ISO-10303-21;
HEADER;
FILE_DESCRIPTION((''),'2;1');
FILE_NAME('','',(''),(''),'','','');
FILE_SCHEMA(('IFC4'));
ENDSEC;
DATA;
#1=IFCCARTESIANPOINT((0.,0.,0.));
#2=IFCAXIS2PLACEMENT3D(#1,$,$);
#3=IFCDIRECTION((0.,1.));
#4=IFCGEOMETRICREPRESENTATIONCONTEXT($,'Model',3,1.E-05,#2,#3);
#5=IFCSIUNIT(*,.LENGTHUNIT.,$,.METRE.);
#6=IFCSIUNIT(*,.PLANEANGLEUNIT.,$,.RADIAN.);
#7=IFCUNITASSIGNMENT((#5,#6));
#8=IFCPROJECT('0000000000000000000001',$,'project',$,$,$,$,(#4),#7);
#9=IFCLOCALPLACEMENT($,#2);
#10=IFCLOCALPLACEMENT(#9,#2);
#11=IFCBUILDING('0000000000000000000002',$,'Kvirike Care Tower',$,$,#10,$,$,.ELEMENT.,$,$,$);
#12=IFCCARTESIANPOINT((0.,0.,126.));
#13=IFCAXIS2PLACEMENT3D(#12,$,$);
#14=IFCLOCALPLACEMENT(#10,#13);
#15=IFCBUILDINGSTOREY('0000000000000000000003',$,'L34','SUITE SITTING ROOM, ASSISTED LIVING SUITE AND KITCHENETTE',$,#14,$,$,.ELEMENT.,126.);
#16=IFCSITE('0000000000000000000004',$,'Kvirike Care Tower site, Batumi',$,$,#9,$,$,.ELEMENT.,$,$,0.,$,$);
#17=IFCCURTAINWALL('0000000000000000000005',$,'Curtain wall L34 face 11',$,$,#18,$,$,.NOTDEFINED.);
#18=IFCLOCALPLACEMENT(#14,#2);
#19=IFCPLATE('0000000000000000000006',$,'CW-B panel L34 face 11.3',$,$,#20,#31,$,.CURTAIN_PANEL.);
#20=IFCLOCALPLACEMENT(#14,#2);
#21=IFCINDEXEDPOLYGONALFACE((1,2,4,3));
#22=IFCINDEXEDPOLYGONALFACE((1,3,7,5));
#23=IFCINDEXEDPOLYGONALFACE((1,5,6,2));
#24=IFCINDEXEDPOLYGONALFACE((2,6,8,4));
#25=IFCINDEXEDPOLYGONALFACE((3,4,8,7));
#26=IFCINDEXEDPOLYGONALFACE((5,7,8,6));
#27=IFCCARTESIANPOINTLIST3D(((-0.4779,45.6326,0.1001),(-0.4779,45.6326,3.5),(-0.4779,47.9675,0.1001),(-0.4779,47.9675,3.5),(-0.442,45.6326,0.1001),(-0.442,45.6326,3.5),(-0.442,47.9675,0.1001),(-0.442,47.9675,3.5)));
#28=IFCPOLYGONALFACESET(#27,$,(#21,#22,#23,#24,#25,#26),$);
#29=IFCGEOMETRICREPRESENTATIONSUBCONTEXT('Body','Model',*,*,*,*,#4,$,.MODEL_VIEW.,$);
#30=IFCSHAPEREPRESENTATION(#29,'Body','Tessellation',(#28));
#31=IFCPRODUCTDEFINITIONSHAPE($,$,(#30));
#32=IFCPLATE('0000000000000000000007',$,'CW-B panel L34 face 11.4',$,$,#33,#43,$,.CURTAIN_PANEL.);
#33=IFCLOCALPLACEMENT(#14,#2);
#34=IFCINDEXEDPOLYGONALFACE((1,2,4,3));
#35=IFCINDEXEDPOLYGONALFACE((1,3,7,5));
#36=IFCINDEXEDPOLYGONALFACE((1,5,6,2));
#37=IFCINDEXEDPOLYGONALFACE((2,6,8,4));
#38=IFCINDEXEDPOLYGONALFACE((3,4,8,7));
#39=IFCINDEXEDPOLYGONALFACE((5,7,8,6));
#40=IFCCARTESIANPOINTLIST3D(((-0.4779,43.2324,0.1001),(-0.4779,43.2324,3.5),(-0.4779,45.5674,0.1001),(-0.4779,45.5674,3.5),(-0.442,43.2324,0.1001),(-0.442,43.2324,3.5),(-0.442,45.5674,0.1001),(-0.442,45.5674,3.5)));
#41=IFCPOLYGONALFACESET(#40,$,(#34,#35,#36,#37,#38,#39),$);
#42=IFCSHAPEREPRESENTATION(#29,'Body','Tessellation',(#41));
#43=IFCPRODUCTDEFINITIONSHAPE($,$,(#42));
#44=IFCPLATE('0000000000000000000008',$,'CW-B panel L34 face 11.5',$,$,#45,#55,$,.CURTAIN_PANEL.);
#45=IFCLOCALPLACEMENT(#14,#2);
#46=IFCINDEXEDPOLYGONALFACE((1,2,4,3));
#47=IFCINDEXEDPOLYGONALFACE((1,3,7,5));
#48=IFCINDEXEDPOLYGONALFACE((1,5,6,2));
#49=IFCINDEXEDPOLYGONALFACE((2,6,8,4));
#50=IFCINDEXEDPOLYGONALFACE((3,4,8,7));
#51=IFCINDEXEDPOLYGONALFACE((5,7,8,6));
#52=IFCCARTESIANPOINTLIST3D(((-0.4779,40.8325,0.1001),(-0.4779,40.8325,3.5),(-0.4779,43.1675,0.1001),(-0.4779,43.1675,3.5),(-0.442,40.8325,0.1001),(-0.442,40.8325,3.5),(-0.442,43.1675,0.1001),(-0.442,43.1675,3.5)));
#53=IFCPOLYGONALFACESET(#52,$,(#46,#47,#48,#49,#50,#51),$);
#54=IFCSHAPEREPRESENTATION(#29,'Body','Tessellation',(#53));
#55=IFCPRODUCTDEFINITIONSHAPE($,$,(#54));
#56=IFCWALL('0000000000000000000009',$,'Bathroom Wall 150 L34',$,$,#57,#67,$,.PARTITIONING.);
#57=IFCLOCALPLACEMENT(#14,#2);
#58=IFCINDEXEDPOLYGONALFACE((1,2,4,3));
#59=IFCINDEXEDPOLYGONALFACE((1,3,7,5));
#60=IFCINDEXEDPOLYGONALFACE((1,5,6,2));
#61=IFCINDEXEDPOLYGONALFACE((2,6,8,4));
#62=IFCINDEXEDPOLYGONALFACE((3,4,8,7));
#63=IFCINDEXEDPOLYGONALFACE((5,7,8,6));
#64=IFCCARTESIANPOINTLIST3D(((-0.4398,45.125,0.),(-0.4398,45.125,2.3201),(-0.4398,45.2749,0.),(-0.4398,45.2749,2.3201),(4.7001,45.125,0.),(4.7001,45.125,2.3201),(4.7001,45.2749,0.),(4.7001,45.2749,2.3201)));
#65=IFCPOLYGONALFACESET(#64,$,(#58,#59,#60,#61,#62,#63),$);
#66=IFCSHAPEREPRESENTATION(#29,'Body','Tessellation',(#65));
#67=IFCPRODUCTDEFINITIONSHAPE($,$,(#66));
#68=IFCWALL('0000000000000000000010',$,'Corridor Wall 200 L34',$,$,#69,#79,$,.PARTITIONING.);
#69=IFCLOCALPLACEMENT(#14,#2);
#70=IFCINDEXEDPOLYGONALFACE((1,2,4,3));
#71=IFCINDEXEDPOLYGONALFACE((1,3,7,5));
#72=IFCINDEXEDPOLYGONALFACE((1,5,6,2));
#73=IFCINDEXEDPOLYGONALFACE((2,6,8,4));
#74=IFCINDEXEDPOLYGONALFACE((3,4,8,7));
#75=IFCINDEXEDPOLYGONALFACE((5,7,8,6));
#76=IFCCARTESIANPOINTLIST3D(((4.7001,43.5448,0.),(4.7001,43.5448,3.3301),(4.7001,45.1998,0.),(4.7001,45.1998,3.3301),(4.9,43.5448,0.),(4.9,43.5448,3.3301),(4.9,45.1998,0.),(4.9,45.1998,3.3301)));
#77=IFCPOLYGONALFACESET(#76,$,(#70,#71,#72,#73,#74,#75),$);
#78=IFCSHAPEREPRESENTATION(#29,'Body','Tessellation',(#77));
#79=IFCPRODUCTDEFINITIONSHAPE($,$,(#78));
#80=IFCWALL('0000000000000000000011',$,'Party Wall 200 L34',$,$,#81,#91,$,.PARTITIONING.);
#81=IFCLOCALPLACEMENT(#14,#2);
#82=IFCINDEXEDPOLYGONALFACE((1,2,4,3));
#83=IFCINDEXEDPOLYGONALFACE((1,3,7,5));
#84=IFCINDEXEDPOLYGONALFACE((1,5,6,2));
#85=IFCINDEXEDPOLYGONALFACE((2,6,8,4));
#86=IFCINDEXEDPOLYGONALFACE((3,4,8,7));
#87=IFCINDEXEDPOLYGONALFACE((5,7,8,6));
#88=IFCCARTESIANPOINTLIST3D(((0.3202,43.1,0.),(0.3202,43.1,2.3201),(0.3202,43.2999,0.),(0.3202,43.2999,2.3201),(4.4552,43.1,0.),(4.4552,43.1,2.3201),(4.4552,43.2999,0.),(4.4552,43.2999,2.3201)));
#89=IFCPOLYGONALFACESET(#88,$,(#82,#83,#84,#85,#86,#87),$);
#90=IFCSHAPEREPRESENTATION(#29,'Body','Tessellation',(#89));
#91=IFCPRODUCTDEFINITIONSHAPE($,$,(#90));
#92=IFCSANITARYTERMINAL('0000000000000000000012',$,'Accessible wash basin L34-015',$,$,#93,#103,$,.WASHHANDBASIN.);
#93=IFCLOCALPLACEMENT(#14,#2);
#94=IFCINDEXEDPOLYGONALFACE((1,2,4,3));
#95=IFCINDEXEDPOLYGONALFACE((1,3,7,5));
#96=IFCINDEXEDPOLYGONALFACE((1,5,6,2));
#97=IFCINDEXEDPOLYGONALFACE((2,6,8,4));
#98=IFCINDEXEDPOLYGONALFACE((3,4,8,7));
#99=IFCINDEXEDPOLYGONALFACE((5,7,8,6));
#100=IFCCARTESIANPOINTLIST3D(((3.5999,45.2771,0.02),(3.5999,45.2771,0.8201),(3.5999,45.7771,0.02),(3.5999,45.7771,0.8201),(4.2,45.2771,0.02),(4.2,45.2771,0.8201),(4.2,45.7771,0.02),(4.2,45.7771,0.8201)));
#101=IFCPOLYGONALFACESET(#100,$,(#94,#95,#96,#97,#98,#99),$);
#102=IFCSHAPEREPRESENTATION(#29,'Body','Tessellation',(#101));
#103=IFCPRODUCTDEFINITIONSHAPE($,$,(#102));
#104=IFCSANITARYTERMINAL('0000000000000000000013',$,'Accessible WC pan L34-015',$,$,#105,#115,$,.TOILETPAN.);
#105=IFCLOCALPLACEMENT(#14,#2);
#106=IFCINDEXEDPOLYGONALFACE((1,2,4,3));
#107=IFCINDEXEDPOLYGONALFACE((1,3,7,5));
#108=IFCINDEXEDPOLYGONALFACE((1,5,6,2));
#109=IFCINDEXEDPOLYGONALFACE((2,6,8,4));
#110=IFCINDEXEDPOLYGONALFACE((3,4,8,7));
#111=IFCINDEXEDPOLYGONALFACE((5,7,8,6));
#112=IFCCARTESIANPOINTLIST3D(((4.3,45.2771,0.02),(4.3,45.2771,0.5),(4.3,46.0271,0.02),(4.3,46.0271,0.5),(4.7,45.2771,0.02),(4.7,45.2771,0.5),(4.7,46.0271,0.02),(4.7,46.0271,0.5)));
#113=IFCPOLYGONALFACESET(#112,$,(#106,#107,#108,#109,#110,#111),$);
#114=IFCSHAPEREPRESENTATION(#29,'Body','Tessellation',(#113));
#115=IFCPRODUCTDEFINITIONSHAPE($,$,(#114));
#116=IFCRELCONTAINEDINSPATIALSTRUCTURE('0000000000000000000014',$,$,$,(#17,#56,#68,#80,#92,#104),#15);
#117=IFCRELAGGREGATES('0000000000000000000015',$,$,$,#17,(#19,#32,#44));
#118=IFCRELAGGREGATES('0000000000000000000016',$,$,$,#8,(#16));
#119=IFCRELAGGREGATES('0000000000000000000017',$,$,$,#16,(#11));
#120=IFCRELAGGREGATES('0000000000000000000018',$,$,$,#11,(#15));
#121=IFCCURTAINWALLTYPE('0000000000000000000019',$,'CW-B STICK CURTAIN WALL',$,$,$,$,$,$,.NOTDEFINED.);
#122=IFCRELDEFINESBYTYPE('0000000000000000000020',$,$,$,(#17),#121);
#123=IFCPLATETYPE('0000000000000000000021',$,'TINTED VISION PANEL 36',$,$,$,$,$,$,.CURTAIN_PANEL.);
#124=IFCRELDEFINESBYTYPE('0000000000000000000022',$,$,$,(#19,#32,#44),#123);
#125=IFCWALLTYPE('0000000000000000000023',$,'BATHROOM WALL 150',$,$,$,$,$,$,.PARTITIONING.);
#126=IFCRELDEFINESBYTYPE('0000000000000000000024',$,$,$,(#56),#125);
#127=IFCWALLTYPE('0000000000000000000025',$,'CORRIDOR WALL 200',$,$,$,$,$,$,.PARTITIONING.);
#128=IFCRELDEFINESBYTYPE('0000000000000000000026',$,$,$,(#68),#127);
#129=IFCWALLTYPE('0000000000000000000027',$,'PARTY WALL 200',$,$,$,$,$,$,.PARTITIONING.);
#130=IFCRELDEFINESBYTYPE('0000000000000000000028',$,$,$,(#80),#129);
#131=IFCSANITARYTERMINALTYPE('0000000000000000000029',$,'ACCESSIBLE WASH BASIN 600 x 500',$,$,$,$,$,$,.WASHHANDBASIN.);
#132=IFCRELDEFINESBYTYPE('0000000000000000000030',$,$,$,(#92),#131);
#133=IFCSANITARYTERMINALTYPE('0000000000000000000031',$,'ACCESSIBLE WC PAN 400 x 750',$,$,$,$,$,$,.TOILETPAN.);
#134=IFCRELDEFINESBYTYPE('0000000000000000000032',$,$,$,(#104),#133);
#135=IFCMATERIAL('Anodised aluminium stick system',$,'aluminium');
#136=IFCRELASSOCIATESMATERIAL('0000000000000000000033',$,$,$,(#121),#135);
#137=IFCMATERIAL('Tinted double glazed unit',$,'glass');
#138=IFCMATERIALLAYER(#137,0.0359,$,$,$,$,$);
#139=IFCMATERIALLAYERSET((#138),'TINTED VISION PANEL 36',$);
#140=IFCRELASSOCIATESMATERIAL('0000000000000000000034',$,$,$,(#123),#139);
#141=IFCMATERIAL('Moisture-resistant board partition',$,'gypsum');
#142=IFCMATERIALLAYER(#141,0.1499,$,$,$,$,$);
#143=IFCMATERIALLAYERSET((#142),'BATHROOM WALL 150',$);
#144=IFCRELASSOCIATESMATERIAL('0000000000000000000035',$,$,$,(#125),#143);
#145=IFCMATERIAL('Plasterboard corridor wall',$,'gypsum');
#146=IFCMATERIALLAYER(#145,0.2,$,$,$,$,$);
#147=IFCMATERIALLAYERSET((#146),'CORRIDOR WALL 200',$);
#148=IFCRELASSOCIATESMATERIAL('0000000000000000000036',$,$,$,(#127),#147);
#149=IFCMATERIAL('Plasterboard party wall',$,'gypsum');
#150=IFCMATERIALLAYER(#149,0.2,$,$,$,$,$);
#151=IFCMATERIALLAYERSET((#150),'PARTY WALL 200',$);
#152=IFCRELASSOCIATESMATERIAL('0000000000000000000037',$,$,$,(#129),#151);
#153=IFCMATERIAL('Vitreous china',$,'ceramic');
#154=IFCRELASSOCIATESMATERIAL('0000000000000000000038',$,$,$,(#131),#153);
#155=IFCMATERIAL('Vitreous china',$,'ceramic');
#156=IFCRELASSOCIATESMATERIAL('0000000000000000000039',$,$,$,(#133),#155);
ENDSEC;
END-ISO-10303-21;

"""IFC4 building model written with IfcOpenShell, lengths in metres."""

from ifc_helpers import new_model, si_unit, direction, frame, frame_2d, origin, origin_2d, place, context, subcontext, project, spatial, rectangle, extrude, material, layer, layer_set, type_object, element, aggregate, save


model = new_model("IFC4")

# Units and contexts
model_context = context("Model", 3, precision=1e-05, world=origin(), true_north=direction((0.0, 1.0)))
body_context = subcontext(model_context, "Body", "Model", "MODEL_VIEW")
ifc_project = project(units=[si_unit("LENGTHUNIT", "METRE"), si_unit("PLANEANGLEUNIT", "RADIAN")], contexts=[model_context])

# Site, building, storey
site_placement = place(None, origin())
site = spatial("IfcSite", under=ifc_project, at=site_placement, Name="Kvirike Care Tower site, Batumi", CompositionType="ELEMENT", RefElevation=0.0)
building_placement = place(site_placement, origin())
building = spatial("IfcBuilding", under=site, at=building_placement, Name="Kvirike Care Tower", CompositionType="ELEMENT")
storey_placement = place(building_placement, frame((0.0, 0.0, 126.0)))
storey = spatial("IfcBuildingStorey", under=building, at=storey_placement, Name="L34", Description="SUITE SITTING ROOM, ASSISTED LIVING SUITE AND KITCHENETTE", CompositionType="ELEMENT", Elevation=126.0)

# Curtain wall
ifc_material_1 = material(Name="Anodised aluminium stick system", Category="aluminium")
curtain_wall_type = type_object("IfcCurtainWallType", Name="CW-B STICK CURTAIN WALL", PredefinedType="NOTDEFINED", material=ifc_material_1)
curtain_wall_placement = place(storey_placement, origin())
curtain_wall = element("IfcCurtainWall", 1, at=curtain_wall_placement, inside=storey, type_object=curtain_wall_type, Name="Curtain wall L34 face 11", PredefinedType="NOTDEFINED")

# Plates
ifc_material_2 = material(Name="Tinted double glazed unit", Category="glass")
ifc_layer_1 = layer(ifc_material_2, 0.0359)
ifc_layer_set_1 = layer_set([ifc_layer_1], Name="TINTED VISION PANEL 36")
plate_type = type_object("IfcPlateType", Name="TINTED VISION PANEL 36", PredefinedType="CURTAIN_PANEL", material=ifc_layer_set_1)
plate_1_placement = place(storey_placement, frame((-0.46, 46.8, 0.1001), z_axis=(0.0, 0.0, 1.0), x_axis=(0.0, -1.0, 0.0)))
plate_1 = element("IfcPlate", 2, at=plate_1_placement, type_object=plate_type, Name="CW-B panel L34 face 11.3", PredefinedType="CURTAIN_PANEL", context=body_context, shape_type="SweptSolid", body=[
    extrude(rectangle(XDim=2.335, YDim=0.0359, at=origin_2d()), origin(), (0.0, 0.0, 1.0), 3.3999),
])
plate_2_placement = place(storey_placement, frame((-0.46, 44.3999, 0.1001), z_axis=(0.0, 0.0, 1.0), x_axis=(0.0, -1.0, 0.0)))
plate_2 = element("IfcPlate", 3, at=plate_2_placement, type_object=plate_type, Name="CW-B panel L34 face 11.4", PredefinedType="CURTAIN_PANEL", context=body_context, shape_type="SweptSolid", body=[
    extrude(rectangle(XDim=2.335, YDim=0.0359, at=origin_2d()), origin(), (0.0, 0.0, 1.0), 3.3999),
])
plate_3_placement = place(storey_placement, frame((-0.46, 42.0, 0.1001), z_axis=(0.0, 0.0, 1.0), x_axis=(0.0, -1.0, 0.0)))
plate_3 = element("IfcPlate", 4, at=plate_3_placement, type_object=plate_type, Name="CW-B panel L34 face 11.5", PredefinedType="CURTAIN_PANEL", context=body_context, shape_type="SweptSolid", body=[
    extrude(rectangle(XDim=2.335, YDim=0.0359, at=origin_2d()), origin(), (0.0, 0.0, 1.0), 3.3999),
])
aggregate(curtain_wall, [plate_1, plate_2, plate_3])

# Walls
ifc_material_3 = material(Name="Moisture-resistant board partition", Category="gypsum")
ifc_layer_2 = layer(ifc_material_3, 0.1499)
ifc_layer_set_2 = layer_set([ifc_layer_2], Name="BATHROOM WALL 150")
wall_type_1 = type_object("IfcWallType", Name="BATHROOM WALL 150", PredefinedType="PARTITIONING", material=ifc_layer_set_2)
wall_1_placement = place(storey_placement, frame((4.7, 45.2, 0.0), z_axis=(0.0, 0.0, 1.0), x_axis=(-1.0, 0.0, 0.0)))
element("IfcWall", 5, at=wall_1_placement, inside=storey, type_object=wall_type_1, Name="Bathroom Wall 150 L34", PredefinedType="PARTITIONING", context=body_context, shape_type="SweptSolid", body=[
    extrude(rectangle(XDim=5.1399, YDim=0.1499, at=frame_2d((2.5698, 0.0))), origin(), (0.0, 0.0, 1.0), 2.3201),
])
ifc_material_4 = material(Name="Plasterboard corridor wall", Category="gypsum")
ifc_layer_3 = layer(ifc_material_4, 0.2)
ifc_layer_set_3 = layer_set([ifc_layer_3], Name="CORRIDOR WALL 200")
wall_type_2 = type_object("IfcWallType", Name="CORRIDOR WALL 200", PredefinedType="PARTITIONING", material=ifc_layer_set_3)
wall_2_placement = place(storey_placement, frame((4.8, 45.2, 0.0), z_axis=(0.0, 0.0, 1.0), x_axis=(0.0, -1.0, 0.0)))
element("IfcWall", 6, at=wall_2_placement, inside=storey, type_object=wall_type_2, Name="Corridor Wall 200 L34", PredefinedType="PARTITIONING", context=body_context, shape_type="SweptSolid", body=[
    extrude(rectangle(XDim=1.655, YDim=0.2, at=frame_2d((0.8276, 0.0))), origin(), (0.0, 0.0, 1.0), 3.3301),
])
ifc_material_5 = material(Name="Plasterboard party wall", Category="gypsum")
ifc_layer_4 = layer(ifc_material_5, 0.2)
ifc_layer_set_4 = layer_set([ifc_layer_4], Name="PARTY WALL 200")
wall_type_3 = type_object("IfcWallType", Name="PARTY WALL 200", PredefinedType="PARTITIONING", material=ifc_layer_set_4)
wall_3_placement = place(storey_placement, frame((4.4551, 43.2, 0.0), z_axis=(0.0, 0.0, 1.0), x_axis=(-1.0, 0.0, 0.0)))
element("IfcWall", 7, at=wall_3_placement, inside=storey, type_object=wall_type_3, Name="Party Wall 200 L34", PredefinedType="PARTITIONING", context=body_context, shape_type="SweptSolid", body=[
    extrude(rectangle(XDim=4.135, YDim=0.2, at=frame_2d((2.0674, 0.0))), origin(), (0.0, 0.0, 1.0), 2.3201),
])

# Sanitary terminals
ifc_material_6 = material(Name="Vitreous china", Category="ceramic")
sanitary_terminal_type_1 = type_object("IfcSanitaryTerminalType", Name="ACCESSIBLE WASH BASIN 600 x 500", PredefinedType="WASHHANDBASIN", material=ifc_material_6)
sanitary_terminal_1_placement = place(storey_placement, frame((3.8999, 45.5271, 0.02), z_axis=(0.0, 0.0, 1.0), x_axis=(-1.0, 0.0, 0.0)))
element("IfcSanitaryTerminal", 8, at=sanitary_terminal_1_placement, inside=storey, type_object=sanitary_terminal_type_1, Name="Accessible wash basin L34-015", PredefinedType="WASHHANDBASIN", context=body_context, shape_type="SweptSolid", body=[
    extrude(rectangle(XDim=0.6001, YDim=0.5, at=origin_2d()), origin(), (0.0, 0.0, 1.0), 0.8),
])
ifc_material_7 = material(Name="Vitreous china", Category="ceramic")
sanitary_terminal_type_2 = type_object("IfcSanitaryTerminalType", Name="ACCESSIBLE WC PAN 400 x 750", PredefinedType="TOILETPAN", material=ifc_material_7)
sanitary_terminal_2_placement = place(storey_placement, frame((4.5, 45.6521, 0.02), z_axis=(0.0, 0.0, 1.0), x_axis=(-1.0, 0.0, 0.0)))
element("IfcSanitaryTerminal", 9, at=sanitary_terminal_2_placement, inside=storey, type_object=sanitary_terminal_type_2, Name="Accessible WC pan L34-015", PredefinedType="TOILETPAN", context=body_context, shape_type="SweptSolid", body=[
    extrude(rectangle(XDim=0.3999, YDim=0.75, at=origin_2d()), origin(), (0.0, 0.0, 1.0), 0.48),
])

save(model, "model.ifc")
